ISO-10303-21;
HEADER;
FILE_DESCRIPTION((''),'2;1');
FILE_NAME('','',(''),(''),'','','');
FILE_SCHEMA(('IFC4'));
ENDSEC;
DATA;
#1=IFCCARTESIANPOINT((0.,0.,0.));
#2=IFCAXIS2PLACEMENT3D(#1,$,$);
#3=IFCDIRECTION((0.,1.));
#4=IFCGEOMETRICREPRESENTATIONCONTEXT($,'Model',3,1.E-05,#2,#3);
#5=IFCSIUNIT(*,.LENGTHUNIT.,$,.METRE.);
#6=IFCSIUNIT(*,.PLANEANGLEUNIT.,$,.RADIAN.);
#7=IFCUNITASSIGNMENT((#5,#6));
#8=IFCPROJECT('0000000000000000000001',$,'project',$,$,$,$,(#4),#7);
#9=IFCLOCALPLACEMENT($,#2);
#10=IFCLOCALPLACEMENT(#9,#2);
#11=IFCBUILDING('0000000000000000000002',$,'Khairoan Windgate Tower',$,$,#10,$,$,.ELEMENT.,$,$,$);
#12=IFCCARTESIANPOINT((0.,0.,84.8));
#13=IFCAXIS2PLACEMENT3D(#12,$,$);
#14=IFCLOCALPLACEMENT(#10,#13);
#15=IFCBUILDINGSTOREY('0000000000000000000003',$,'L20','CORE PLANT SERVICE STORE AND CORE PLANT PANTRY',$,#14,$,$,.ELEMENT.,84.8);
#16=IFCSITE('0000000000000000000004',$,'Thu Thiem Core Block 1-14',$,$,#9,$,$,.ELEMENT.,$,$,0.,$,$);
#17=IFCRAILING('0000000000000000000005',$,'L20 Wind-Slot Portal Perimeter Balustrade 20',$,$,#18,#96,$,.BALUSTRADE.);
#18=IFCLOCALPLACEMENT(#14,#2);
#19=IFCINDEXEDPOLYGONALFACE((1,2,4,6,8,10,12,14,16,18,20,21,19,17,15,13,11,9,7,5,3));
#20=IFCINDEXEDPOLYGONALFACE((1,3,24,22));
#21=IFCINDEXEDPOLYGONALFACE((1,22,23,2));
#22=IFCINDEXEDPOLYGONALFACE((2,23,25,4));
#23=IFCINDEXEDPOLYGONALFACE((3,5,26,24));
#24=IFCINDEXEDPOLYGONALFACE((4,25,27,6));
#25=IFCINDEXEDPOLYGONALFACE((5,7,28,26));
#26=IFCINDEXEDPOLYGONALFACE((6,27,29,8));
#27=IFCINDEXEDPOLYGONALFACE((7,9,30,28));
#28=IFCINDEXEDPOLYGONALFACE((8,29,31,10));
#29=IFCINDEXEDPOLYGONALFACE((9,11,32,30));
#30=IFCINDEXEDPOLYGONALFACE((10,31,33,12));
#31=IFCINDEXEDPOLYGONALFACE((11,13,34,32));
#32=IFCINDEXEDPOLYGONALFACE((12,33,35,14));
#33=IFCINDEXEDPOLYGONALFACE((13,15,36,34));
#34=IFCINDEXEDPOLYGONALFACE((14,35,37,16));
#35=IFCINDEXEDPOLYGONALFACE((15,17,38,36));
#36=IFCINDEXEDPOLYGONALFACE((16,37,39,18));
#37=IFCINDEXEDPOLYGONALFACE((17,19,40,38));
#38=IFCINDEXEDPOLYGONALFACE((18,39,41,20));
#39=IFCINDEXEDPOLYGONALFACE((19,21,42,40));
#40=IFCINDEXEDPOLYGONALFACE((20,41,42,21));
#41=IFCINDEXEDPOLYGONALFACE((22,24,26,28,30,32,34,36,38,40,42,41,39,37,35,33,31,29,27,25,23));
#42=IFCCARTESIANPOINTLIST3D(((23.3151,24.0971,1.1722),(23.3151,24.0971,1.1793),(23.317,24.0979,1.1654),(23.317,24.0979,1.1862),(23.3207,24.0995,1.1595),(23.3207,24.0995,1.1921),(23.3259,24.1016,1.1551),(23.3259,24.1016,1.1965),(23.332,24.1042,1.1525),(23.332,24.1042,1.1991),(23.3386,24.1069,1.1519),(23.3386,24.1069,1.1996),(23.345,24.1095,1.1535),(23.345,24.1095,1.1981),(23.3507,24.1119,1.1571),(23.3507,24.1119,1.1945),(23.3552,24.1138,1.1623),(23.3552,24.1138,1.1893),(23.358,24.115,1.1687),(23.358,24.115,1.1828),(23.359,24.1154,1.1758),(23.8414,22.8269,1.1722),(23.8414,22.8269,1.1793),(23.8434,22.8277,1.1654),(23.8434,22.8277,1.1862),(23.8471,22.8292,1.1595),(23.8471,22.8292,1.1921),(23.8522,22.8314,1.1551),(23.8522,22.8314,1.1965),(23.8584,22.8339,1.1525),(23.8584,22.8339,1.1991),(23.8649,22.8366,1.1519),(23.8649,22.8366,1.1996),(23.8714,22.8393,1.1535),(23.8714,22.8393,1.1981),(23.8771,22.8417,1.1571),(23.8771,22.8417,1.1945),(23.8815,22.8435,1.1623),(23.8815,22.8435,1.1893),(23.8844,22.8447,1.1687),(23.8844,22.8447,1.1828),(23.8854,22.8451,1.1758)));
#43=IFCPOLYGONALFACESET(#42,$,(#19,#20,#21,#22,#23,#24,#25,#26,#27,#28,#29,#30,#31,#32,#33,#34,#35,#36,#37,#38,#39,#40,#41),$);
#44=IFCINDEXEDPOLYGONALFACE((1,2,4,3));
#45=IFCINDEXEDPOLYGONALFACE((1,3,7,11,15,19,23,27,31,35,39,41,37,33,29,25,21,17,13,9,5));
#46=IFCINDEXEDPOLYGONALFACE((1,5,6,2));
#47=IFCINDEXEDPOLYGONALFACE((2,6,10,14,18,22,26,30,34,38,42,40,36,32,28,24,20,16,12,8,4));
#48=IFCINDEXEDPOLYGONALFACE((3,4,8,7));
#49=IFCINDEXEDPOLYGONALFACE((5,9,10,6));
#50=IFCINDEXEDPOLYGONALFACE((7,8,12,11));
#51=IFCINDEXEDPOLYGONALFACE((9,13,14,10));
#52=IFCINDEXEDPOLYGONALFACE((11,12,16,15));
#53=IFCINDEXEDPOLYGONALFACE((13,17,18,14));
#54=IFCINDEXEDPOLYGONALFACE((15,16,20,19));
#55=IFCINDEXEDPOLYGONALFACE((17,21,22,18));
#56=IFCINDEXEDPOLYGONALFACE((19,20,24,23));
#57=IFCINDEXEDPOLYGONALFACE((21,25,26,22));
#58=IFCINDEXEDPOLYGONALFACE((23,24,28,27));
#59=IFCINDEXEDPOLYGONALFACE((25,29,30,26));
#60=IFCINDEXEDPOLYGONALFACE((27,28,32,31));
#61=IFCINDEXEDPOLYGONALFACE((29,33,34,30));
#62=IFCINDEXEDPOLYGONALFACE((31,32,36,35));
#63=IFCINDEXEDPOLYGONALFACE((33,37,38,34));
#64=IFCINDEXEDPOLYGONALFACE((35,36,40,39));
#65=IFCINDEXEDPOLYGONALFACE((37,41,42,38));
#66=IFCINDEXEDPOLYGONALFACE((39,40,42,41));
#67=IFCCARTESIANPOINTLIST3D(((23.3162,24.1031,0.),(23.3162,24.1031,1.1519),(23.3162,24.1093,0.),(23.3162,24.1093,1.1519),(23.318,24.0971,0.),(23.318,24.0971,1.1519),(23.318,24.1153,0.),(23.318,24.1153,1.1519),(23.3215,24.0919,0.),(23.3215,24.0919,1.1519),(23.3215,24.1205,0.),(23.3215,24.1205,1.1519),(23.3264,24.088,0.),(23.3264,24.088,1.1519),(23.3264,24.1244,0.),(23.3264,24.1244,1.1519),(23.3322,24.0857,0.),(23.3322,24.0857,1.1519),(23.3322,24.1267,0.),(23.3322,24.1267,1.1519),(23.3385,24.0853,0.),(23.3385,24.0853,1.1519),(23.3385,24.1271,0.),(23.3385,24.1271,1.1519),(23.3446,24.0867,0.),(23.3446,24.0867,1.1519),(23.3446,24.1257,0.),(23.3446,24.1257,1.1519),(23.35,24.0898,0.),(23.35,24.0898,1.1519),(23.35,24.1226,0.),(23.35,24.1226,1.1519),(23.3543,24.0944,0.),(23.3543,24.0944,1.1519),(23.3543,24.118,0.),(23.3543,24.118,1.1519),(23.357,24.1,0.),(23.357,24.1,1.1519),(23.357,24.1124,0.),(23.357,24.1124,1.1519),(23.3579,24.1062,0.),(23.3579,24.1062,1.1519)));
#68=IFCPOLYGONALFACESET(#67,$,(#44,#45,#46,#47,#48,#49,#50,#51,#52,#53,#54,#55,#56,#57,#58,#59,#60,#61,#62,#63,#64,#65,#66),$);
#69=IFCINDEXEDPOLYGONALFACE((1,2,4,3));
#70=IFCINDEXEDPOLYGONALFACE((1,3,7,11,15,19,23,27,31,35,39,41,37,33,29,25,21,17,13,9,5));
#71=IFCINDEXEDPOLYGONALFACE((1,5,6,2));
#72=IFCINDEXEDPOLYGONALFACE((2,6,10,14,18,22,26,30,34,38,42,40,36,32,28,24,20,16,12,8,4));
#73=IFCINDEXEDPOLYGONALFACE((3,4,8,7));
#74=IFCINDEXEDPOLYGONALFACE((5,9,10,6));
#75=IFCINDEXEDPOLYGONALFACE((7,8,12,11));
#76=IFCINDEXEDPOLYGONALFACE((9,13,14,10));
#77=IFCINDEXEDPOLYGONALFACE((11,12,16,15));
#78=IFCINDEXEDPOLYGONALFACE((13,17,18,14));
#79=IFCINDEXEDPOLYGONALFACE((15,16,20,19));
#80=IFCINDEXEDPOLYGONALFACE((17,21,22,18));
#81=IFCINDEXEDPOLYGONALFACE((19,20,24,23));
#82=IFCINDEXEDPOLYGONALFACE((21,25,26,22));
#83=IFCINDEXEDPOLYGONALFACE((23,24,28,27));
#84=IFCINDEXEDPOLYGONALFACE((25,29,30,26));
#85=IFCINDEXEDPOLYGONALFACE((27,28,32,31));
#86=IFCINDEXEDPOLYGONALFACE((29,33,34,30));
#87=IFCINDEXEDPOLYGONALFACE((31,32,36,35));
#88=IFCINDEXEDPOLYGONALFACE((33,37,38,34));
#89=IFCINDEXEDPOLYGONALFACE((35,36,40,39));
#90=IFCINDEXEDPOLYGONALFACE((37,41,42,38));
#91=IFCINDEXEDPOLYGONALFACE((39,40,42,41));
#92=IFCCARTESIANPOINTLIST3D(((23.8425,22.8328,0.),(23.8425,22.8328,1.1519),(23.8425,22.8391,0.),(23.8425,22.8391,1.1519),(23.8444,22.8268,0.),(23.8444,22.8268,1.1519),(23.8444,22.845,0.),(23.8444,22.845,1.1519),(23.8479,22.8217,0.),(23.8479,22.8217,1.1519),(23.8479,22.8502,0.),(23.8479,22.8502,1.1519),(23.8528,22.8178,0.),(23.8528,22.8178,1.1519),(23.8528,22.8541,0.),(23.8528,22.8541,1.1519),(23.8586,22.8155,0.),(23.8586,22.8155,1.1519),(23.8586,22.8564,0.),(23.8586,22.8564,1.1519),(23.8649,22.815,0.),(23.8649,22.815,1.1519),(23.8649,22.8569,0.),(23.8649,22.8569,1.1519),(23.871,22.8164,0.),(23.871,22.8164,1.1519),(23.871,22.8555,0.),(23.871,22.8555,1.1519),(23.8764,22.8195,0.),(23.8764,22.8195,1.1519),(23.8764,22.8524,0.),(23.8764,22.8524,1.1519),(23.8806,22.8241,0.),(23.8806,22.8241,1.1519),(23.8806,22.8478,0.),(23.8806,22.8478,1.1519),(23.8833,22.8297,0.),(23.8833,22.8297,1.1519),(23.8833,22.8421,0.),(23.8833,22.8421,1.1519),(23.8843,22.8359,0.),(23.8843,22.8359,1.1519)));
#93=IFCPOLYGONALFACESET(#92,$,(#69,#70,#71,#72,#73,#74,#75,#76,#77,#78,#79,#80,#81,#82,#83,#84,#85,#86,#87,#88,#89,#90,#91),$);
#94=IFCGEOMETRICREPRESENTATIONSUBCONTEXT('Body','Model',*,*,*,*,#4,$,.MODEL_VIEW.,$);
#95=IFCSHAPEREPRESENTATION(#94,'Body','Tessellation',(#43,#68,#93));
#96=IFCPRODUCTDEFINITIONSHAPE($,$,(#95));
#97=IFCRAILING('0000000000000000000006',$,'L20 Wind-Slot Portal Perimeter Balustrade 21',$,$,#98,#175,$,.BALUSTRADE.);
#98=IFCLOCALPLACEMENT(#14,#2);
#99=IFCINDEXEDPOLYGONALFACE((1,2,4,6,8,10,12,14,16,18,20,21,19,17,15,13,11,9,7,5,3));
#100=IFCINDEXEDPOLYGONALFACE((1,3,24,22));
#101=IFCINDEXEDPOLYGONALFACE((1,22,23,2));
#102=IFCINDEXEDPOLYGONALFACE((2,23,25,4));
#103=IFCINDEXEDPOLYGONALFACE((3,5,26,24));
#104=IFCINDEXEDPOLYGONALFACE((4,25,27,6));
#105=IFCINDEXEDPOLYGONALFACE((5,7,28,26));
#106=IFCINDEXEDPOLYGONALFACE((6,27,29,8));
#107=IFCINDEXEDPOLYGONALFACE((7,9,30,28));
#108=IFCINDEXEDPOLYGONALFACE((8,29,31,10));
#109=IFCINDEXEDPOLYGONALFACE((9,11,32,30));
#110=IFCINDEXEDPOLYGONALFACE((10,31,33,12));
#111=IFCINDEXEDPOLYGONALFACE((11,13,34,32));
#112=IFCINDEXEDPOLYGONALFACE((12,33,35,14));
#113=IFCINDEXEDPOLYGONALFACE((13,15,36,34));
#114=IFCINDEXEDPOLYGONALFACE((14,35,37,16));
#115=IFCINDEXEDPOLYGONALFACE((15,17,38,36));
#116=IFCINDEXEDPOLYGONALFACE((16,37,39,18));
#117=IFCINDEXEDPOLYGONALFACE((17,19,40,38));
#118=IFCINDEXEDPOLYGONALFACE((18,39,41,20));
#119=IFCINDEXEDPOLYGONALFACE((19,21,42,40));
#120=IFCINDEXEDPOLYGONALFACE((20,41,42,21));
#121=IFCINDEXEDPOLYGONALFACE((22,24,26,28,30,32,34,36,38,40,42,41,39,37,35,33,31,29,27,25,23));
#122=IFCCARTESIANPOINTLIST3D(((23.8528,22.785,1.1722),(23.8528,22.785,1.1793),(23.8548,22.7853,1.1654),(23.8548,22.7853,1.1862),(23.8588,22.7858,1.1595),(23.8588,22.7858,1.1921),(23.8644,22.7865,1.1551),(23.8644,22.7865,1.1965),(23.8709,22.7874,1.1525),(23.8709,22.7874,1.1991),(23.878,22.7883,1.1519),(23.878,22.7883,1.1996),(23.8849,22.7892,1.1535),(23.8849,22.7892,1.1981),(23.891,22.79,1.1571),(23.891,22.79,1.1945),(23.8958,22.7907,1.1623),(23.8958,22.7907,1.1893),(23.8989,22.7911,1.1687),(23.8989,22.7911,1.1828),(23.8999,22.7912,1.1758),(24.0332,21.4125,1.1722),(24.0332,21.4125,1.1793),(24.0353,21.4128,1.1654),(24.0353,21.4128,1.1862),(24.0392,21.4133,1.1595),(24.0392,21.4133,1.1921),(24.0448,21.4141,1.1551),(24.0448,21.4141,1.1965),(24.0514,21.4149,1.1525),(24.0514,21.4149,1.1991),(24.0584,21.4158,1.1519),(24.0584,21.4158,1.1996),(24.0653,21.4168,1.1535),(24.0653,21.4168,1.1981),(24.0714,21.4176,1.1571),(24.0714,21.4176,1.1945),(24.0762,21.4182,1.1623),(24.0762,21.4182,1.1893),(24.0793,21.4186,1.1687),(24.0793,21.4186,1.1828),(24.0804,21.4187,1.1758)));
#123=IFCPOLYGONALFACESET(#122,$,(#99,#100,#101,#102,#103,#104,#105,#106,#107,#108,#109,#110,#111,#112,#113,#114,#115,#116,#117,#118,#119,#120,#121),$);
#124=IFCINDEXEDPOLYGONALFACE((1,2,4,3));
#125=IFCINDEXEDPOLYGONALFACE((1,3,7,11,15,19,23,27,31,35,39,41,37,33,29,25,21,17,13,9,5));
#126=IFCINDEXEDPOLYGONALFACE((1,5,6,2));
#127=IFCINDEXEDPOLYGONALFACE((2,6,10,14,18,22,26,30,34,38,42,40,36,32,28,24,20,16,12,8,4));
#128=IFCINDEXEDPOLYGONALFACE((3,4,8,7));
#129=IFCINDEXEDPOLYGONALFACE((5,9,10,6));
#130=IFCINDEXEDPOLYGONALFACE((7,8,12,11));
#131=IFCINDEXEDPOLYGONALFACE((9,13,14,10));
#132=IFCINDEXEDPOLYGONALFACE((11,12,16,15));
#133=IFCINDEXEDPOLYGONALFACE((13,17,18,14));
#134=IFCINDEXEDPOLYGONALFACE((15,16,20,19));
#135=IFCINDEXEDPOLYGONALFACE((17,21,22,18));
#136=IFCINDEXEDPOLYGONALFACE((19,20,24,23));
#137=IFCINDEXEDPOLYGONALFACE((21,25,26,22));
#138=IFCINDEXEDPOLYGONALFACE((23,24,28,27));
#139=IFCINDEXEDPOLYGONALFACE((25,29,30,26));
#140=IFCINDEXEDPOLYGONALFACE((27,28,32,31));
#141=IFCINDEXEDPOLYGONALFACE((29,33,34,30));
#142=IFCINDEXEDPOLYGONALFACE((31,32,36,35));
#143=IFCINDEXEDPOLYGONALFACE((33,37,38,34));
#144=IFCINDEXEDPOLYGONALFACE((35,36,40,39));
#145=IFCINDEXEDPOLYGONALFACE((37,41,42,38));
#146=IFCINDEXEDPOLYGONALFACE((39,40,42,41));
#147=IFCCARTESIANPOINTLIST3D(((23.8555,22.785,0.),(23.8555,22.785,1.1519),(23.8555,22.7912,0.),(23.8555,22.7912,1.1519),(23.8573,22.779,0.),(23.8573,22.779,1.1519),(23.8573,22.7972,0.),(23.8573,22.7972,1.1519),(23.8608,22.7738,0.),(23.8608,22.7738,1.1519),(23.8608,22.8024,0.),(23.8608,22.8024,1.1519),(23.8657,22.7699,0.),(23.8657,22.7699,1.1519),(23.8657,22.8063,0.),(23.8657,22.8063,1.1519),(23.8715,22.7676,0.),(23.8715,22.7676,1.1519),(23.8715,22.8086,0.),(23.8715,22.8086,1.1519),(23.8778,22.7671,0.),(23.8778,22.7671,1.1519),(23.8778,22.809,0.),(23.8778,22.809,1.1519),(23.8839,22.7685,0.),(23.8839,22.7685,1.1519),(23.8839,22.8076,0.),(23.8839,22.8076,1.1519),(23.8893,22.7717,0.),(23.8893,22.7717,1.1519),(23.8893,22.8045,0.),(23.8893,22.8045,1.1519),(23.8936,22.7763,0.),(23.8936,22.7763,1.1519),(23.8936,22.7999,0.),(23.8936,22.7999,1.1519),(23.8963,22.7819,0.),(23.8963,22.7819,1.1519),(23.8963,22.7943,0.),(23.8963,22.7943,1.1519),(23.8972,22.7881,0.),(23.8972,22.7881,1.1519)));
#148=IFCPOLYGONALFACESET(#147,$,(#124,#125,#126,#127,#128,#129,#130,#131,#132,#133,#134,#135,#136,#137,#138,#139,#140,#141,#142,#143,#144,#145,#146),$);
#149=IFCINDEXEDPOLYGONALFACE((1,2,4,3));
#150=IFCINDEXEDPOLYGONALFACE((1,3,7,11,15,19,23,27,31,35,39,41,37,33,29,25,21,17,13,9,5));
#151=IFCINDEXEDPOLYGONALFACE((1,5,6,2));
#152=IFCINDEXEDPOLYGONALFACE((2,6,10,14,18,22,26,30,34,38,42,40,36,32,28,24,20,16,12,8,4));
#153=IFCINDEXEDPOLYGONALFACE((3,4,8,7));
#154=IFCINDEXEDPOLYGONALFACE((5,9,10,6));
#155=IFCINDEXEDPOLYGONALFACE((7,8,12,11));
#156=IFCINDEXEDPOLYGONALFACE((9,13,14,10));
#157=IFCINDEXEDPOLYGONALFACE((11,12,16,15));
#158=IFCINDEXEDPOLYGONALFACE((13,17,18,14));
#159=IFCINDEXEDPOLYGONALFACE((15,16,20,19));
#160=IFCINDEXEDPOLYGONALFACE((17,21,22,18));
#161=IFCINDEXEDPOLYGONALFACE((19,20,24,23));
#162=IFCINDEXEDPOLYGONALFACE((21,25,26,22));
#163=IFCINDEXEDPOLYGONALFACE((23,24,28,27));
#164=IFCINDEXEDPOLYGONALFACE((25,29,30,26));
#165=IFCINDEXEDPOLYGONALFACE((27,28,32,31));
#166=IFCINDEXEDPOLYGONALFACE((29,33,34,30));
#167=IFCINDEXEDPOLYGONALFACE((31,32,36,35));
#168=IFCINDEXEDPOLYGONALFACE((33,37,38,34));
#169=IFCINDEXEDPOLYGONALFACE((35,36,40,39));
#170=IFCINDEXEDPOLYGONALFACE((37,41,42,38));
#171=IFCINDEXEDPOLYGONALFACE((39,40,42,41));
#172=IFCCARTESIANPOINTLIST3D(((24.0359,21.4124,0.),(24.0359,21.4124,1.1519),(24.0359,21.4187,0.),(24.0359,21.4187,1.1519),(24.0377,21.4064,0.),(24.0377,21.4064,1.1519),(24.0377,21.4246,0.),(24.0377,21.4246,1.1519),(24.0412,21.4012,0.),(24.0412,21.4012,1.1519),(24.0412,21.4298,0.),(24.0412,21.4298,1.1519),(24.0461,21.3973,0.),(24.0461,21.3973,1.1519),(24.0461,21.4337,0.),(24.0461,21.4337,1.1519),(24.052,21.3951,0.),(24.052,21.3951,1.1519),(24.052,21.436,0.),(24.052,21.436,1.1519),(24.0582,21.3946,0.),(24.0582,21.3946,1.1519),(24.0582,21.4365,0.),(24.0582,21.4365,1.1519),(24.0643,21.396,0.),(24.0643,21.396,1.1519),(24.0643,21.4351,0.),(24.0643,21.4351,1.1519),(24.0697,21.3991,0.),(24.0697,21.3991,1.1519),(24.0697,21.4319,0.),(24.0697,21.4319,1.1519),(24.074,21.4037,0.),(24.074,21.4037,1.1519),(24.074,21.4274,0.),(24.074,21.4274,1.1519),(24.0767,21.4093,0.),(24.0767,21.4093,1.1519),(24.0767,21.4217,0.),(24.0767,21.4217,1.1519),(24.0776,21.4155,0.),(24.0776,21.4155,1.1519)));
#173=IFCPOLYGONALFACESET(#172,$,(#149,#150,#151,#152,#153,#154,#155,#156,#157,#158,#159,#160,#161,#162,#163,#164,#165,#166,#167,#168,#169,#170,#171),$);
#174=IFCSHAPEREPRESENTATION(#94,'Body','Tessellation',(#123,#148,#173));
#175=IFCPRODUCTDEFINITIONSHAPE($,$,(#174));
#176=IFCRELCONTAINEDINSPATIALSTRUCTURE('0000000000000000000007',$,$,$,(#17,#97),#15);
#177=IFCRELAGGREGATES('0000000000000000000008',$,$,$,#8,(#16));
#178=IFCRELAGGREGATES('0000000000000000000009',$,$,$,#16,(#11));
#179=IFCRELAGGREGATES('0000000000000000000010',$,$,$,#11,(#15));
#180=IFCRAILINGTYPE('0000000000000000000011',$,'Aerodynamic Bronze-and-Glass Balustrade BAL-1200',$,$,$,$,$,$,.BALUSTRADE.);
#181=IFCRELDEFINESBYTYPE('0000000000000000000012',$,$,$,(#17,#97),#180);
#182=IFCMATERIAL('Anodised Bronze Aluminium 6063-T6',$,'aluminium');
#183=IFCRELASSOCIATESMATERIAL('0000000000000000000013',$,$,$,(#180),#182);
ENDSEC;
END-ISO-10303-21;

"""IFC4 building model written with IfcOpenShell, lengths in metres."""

from ifc_helpers import new_model, si_unit, direction, frame, origin, origin_2d, place, context, subcontext, project, spatial, circle, extrude, material, type_object, element, save


model = new_model("IFC4")

# Units and contexts
model_context = context("Model", 3, precision=1e-05, world=origin(), true_north=direction((0.0, 1.0)))
body_context = subcontext(model_context, "Body", "Model", "MODEL_VIEW")
ifc_project = project(units=[si_unit("LENGTHUNIT", "METRE"), si_unit("PLANEANGLEUNIT", "RADIAN")], contexts=[model_context])

# Site, building, storey
site_placement = place(None, origin())
site = spatial("IfcSite", under=ifc_project, at=site_placement, Name="Thu Thiem Core Block 1-14", CompositionType="ELEMENT", RefElevation=0.0)
building_placement = place(site_placement, origin())
building = spatial("IfcBuilding", under=site, at=building_placement, Name="Khairoan Windgate Tower", CompositionType="ELEMENT")
storey_placement = place(building_placement, frame((0.0, 0.0, 84.8)))
storey = spatial("IfcBuildingStorey", under=building, at=storey_placement, Name="L20", Description="CORE PLANT SERVICE STORE AND CORE PLANT PANTRY", CompositionType="ELEMENT", Elevation=84.8)

# Railings
ifc_material_1 = material(Name="Anodised Bronze Aluminium 6063-T6", Category="aluminium")
railing_type = type_object("IfcRailingType", Name="Aerodynamic Bronze-and-Glass Balustrade BAL-1200", PredefinedType="BALUSTRADE", material=ifc_material_1)
railing_1_placement = place(storey_placement, frame((23.3369, 24.1062, 0.0)))
element("IfcRailing", 1, at=railing_1_placement, inside=storey, type_object=railing_type, Name="L20 Wind-Slot Portal Perimeter Balustrade 20", PredefinedType="BALUSTRADE", context=body_context, shape_type="SweptSolid", body=[
    extrude(circle(Radius=0.0239, at=origin_2d()), frame((0.0, 0.0, 1.1758), z_axis=(0.382812, -0.923826, 0.0), x_axis=(0.923826, 0.382812, 0.0)), (0.0, 0.0, 1.0), 1.375),
    extrude(circle(Radius=0.021, at=origin_2d()), origin(), (0.0, 0.0, 1.0), 1.1519),
    extrude(circle(Radius=0.021, at=origin_2d()), frame((0.5264, -1.2703, 0.0)), (0.0, 0.0, 1.0), 1.1519),
])
railing_2_placement = place(storey_placement, frame((23.8762, 22.7881, 0.0)))
element("IfcRailing", 2, at=railing_2_placement, inside=storey, type_object=railing_type, Name="L20 Wind-Slot Portal Perimeter Balustrade 21", PredefinedType="BALUSTRADE", context=body_context, shape_type="SweptSolid", body=[
    extrude(circle(Radius=0.0239, at=origin_2d()), frame((0.0, 0.0, 1.1758), z_axis=(0.130327, -0.991471, 0.0), x_axis=(0.991471, 0.130327, 0.0)), (0.0, 0.0, 1.0), 1.3843),
    extrude(circle(Radius=0.021, at=origin_2d()), origin(), (0.0, 0.0, 1.0), 1.1519),
    extrude(circle(Radius=0.021, at=origin_2d()), frame((0.1804, -1.3726, 0.0)), (0.0, 0.0, 1.0), 1.1519),
])

save(model, "model.ifc")
